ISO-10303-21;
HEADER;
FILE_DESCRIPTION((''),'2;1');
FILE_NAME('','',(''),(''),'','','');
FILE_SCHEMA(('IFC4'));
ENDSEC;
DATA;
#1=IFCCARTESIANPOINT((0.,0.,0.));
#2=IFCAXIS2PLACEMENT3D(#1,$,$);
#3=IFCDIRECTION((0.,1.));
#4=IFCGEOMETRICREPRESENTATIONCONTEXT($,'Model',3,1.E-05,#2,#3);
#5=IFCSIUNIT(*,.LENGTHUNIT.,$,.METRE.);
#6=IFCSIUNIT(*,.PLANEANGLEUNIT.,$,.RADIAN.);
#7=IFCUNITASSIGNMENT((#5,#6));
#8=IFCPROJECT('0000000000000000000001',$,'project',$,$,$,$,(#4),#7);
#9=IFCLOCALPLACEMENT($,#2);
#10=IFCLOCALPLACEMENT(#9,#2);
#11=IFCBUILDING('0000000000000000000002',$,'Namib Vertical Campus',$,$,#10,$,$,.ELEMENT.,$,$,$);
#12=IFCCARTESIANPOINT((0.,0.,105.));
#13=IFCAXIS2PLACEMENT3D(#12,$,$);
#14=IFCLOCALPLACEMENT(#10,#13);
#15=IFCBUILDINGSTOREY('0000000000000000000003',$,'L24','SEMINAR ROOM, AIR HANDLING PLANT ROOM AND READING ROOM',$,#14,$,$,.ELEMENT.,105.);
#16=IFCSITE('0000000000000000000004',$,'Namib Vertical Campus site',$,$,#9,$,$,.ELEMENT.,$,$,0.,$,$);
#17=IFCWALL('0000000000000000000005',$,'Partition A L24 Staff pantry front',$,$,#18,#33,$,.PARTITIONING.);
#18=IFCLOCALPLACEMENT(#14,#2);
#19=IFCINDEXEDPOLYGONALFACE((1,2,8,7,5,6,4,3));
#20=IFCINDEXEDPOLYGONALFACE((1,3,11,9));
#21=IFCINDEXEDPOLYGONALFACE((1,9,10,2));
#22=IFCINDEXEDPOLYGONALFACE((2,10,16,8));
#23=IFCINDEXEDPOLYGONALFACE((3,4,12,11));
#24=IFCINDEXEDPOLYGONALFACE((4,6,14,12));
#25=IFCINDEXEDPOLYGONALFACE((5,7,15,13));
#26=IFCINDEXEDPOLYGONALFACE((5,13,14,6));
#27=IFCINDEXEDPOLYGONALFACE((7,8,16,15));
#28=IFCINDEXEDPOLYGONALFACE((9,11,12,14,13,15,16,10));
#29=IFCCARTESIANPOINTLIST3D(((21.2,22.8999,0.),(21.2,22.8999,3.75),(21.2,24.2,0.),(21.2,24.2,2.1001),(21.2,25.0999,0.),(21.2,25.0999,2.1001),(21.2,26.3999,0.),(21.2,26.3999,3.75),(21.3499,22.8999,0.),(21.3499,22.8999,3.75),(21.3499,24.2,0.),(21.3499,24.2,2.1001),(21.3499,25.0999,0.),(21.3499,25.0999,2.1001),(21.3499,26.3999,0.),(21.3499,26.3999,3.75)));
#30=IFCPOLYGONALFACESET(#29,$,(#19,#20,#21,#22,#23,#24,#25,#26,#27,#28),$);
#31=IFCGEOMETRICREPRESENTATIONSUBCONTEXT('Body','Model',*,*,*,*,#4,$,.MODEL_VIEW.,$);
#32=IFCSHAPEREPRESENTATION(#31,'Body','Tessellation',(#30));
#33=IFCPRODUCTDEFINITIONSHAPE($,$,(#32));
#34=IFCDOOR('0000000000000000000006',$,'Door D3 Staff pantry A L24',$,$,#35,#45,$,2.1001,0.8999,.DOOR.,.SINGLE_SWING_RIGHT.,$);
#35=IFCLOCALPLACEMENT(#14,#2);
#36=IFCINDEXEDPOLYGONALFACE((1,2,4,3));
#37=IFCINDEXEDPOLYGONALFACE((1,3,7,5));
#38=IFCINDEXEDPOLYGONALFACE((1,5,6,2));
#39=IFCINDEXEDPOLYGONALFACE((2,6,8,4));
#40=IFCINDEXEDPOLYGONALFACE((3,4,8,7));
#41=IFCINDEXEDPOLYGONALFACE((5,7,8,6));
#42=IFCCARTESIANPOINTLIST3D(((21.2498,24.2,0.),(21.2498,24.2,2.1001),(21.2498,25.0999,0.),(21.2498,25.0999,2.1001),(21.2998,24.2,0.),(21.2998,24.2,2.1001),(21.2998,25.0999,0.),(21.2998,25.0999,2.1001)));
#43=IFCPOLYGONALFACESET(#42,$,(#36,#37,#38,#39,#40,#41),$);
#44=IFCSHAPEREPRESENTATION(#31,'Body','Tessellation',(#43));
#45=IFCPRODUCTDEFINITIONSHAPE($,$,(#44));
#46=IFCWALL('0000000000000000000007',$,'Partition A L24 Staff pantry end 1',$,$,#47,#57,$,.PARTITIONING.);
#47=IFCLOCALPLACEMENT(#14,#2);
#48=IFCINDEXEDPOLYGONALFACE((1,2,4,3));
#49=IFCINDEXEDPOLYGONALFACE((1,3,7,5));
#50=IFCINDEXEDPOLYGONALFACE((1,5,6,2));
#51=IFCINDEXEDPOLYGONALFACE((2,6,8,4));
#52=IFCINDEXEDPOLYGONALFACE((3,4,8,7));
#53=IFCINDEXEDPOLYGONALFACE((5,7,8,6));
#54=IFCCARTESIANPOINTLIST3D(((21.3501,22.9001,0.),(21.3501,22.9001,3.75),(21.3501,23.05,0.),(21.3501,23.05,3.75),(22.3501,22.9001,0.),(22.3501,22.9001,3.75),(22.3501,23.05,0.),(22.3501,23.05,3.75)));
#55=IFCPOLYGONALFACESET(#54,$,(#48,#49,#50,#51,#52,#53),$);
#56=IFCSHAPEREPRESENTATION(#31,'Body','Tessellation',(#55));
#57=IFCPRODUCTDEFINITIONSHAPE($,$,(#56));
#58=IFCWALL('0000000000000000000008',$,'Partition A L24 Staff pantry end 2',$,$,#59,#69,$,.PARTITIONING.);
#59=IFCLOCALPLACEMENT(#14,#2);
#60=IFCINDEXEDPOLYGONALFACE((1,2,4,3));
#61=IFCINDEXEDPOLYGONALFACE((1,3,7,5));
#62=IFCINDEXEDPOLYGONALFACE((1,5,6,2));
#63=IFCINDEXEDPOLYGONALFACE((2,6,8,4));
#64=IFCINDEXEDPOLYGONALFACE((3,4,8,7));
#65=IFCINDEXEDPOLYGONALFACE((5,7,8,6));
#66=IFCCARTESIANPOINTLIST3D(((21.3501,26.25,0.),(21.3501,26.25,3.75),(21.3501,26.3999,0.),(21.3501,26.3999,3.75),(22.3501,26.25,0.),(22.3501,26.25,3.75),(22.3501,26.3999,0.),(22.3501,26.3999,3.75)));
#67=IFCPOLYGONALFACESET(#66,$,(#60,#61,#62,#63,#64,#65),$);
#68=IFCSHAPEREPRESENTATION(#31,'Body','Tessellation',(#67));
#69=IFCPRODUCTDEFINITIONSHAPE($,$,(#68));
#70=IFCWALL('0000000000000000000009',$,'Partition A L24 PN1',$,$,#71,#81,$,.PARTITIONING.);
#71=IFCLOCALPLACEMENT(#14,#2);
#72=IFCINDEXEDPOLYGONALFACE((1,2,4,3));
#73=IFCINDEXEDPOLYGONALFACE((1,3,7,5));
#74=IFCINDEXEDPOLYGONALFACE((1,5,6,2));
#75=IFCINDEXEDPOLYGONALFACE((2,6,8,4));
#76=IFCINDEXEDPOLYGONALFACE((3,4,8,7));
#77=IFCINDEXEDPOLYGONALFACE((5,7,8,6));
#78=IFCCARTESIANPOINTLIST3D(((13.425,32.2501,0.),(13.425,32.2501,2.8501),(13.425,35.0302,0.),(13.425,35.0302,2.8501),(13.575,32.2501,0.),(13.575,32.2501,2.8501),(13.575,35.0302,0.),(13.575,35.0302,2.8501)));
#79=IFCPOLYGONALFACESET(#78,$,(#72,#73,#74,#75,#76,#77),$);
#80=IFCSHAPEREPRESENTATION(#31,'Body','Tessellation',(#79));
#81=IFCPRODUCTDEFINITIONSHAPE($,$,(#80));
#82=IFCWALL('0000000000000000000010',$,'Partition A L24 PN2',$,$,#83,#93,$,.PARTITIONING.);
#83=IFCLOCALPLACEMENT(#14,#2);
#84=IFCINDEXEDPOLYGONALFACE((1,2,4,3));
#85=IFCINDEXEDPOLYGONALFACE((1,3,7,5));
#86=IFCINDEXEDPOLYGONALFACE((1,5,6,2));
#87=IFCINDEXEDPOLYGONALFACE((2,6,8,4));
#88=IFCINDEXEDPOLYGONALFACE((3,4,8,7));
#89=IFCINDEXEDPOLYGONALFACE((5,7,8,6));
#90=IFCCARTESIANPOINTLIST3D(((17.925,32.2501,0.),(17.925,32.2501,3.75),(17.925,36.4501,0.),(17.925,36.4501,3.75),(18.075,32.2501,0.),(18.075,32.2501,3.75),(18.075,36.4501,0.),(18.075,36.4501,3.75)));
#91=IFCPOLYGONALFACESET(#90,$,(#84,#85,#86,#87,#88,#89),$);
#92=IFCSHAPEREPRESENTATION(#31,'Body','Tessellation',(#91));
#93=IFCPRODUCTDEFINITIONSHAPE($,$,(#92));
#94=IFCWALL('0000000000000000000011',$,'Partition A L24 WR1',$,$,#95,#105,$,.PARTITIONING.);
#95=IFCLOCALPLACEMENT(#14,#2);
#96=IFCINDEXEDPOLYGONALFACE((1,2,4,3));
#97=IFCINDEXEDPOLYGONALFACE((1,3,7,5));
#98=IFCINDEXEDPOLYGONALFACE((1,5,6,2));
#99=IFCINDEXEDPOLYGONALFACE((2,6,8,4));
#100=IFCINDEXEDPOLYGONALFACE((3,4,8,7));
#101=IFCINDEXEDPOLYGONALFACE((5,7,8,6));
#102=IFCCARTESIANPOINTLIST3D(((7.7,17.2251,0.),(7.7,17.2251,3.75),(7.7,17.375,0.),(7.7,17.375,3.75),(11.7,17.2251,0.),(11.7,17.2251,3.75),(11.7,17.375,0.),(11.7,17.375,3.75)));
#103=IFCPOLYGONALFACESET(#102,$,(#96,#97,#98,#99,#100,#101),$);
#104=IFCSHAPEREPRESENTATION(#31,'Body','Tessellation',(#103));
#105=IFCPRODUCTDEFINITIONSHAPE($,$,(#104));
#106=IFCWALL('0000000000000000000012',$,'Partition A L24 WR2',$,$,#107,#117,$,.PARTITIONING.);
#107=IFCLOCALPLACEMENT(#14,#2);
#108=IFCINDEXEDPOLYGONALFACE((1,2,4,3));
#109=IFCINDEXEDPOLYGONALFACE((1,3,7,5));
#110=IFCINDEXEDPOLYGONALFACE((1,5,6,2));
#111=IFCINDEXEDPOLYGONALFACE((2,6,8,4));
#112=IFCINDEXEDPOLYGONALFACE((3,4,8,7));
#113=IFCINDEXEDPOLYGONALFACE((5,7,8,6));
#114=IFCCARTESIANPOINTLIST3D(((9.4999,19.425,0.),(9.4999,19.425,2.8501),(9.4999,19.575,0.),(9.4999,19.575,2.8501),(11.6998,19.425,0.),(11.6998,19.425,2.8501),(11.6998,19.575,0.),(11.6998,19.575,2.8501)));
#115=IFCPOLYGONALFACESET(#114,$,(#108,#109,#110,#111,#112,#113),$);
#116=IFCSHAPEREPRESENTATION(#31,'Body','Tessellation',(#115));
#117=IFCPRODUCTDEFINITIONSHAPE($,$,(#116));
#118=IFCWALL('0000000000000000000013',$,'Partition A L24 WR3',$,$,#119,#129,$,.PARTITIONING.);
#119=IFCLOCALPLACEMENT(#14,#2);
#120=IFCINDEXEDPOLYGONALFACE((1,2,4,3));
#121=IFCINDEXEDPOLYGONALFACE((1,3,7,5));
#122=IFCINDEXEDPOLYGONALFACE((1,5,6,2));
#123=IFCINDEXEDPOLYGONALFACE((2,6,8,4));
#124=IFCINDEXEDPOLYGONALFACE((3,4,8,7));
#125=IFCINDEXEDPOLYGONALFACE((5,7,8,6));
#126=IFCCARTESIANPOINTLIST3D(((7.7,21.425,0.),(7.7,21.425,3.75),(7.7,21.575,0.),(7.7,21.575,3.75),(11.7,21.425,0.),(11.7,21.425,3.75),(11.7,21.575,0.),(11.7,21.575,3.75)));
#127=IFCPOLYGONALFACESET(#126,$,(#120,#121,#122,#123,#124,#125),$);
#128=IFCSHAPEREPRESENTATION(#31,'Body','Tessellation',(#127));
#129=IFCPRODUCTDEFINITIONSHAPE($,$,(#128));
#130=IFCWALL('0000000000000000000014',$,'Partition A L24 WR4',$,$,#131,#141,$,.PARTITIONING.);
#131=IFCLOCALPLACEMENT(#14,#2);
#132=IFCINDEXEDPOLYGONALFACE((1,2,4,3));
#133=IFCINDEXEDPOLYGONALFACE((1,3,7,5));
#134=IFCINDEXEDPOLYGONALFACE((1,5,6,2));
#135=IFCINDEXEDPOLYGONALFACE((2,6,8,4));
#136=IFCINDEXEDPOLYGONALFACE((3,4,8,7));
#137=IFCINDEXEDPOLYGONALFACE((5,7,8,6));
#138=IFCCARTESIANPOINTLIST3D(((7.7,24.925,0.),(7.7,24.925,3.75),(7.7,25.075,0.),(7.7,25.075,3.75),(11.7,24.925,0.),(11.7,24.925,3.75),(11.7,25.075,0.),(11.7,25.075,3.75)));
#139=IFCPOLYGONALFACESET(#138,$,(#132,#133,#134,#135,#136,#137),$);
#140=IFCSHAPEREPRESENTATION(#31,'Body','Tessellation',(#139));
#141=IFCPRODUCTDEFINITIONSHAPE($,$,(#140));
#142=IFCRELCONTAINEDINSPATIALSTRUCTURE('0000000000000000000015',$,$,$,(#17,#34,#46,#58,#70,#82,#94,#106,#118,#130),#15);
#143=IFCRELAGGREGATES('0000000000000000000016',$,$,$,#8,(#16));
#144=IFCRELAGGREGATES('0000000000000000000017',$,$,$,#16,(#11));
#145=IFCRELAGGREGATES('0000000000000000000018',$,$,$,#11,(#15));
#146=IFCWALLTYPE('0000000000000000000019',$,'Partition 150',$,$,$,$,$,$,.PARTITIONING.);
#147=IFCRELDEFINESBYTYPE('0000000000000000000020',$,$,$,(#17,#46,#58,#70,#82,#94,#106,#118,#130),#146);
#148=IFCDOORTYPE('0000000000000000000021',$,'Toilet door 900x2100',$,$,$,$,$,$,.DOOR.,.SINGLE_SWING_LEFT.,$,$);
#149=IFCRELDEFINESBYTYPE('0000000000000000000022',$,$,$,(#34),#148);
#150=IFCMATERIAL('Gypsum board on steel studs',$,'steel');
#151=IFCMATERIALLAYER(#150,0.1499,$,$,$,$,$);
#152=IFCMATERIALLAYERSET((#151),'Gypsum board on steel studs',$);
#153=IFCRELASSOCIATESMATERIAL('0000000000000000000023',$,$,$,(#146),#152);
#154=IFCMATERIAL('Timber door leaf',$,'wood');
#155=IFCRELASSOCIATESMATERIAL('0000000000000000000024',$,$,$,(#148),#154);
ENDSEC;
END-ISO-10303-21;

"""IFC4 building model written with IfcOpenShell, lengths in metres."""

from ifc_helpers import new_model, si_unit, direction, frame, frame_2d, origin, place, context, subcontext, project, spatial, rectangle, extrude, material, layer, layer_set, type_object, element, fill, save


model = new_model("IFC4")

# Units and contexts
model_context = context("Model", 3, precision=1e-05, world=origin(), true_north=direction((0.0, 1.0)))
body_context = subcontext(model_context, "Body", "Model", "MODEL_VIEW")
ifc_project = project(units=[si_unit("LENGTHUNIT", "METRE"), si_unit("PLANEANGLEUNIT", "RADIAN")], contexts=[model_context])

# Site, building, storey
site_placement = place(None, origin())
site = spatial("IfcSite", under=ifc_project, at=site_placement, Name="Namib Vertical Campus site", CompositionType="ELEMENT", RefElevation=0.0)
building_placement = place(site_placement, origin())
building = spatial("IfcBuilding", under=site, at=building_placement, Name="Namib Vertical Campus", CompositionType="ELEMENT")
storey_placement = place(building_placement, frame((0.0, 0.0, 105.0)))
storey = spatial("IfcBuildingStorey", under=building, at=storey_placement, Name="L24", Description="SEMINAR ROOM, AIR HANDLING PLANT ROOM AND READING ROOM", CompositionType="ELEMENT", Elevation=105.0)

# Wall, opening, door
ifc_material_1 = material(Name="Gypsum board on steel studs", Category="steel")
ifc_layer_1 = layer(ifc_material_1, 0.1499)
ifc_layer_set_1 = layer_set([ifc_layer_1], Name="Gypsum board on steel studs")
wall_type_1 = type_object("IfcWallType", Name="Partition 150", PredefinedType="PARTITIONING", material=ifc_layer_set_1)
wall_1_placement = place(storey_placement, frame((21.2749, 22.8999, 0.0), z_axis=(0.0, 0.0, 1.0), x_axis=(0.0, 1.0, 0.0)))
wall_1 = element("IfcWall", 1, at=wall_1_placement, inside=storey, type_object=wall_type_1, Name="Partition A L24 Staff pantry front", PredefinedType="PARTITIONING", context=body_context, shape_type="SweptSolid", body=[
    extrude(rectangle(XDim=3.5, YDim=0.1499, at=frame_2d((1.75, 0.0))), origin(), (0.0, 0.0, 1.0), 3.75),
])
opening_1_placement = place(wall_1_placement, frame((1.3, 0.0, 0.0)))
opening_1 = element("IfcOpeningElement", 2, at=opening_1_placement, cuts=wall_1, PredefinedType="OPENING", context=body_context, shape_type="SweptSolid", body=[
    extrude(rectangle(XDim=0.8999, YDim=2.1001, at=frame_2d((0.45, 1.05))), frame((0.0, 0.085, 0.0), z_axis=(0.0, -1.0, 0.0), x_axis=(1.0, 0.0, 0.0)), (0.0, 0.0, 1.0), 0.1699),
])
ifc_material_2 = material(Name="Timber door leaf", Category="wood")
door_type_1 = type_object("IfcDoorType", Name="Toilet door 900x2100", OperationType="SINGLE_SWING_LEFT", PredefinedType="DOOR", material=ifc_material_2)
door_1_placement = place(opening_1_placement, frame((0.8999, 0.0, 0.0), z_axis=(0.0, 0.0, 1.0), x_axis=(-1.0, 0.0, 0.0)))
door_1 = element("IfcDoor", 3, at=door_1_placement, inside=storey, type_object=door_type_1, Name="Door D3 Staff pantry A L24", OperationType="SINGLE_SWING_RIGHT", OverallHeight=2.1001, OverallWidth=0.8999, PredefinedType="DOOR", context=body_context, shape_type="SweptSolid", body=[
    extrude(rectangle(XDim=0.8999, YDim=2.1001, at=frame_2d((0.45, 1.05))), frame((0.0, 0.0249, 0.0), z_axis=(0.0, -1.0, 0.0), x_axis=(1.0, 0.0, 0.0)), (0.0, 0.0, 1.0), 0.05),
])
fill(opening_1, door_1)

# Walls
for number, where, z_axis, x_axis, name in (
    (4, (21.3501, 22.9751, 0.0), (0.0, 0.0, 1.0), (1.0, 0.0, 0.0), "Partition A L24 Staff pantry end 1"),
    (5, (21.3501, 26.325, 0.0), (0.0, 0.0, 1.0), (1.0, 0.0, 0.0), "Partition A L24 Staff pantry end 2"),
):
    element("IfcWall", number, at=place(storey_placement, frame(where, z_axis=z_axis, x_axis=x_axis)), inside=storey, type_object=wall_type_1, Name=name, PredefinedType="PARTITIONING", context=body_context, shape_type="SweptSolid", body=[
        extrude(rectangle(XDim=1.0, YDim=0.1499, at=frame_2d((0.5, 0.0))), origin(), (0.0, 0.0, 1.0), 3.75),
    ])
wall_2_placement = place(storey_placement, frame((13.5, 32.25, 0.0), z_axis=(0.0, 0.0, 1.0), x_axis=(0.0, 1.0, 0.0)))
element("IfcWall", 6, at=wall_2_placement, inside=storey, type_object=wall_type_1, Name="Partition A L24 PN1", PredefinedType="PARTITIONING", context=body_context, shape_type="SweptSolid", body=[
    extrude(rectangle(XDim=2.78, YDim=0.1499, at=frame_2d((1.3901, 0.0))), origin(), (0.0, 0.0, 1.0), 2.8501),
])
wall_3_placement = place(storey_placement, frame((18.0, 32.25, 0.0), z_axis=(0.0, 0.0, 1.0), x_axis=(0.0, 1.0, 0.0)))
element("IfcWall", 7, at=wall_3_placement, inside=storey, type_object=wall_type_1, Name="Partition A L24 PN2", PredefinedType="PARTITIONING", context=body_context, shape_type="SweptSolid", body=[
    extrude(rectangle(XDim=4.2, YDim=0.1499, at=frame_2d((2.1001, 0.0))), origin(), (0.0, 0.0, 1.0), 3.75),
])
wall_4_placement = place(storey_placement, frame((11.7, 17.3, 0.0), z_axis=(0.0, 0.0, 1.0), x_axis=(-1.0, 0.0, 0.0)))
element("IfcWall", 8, at=wall_4_placement, inside=storey, type_object=wall_type_1, Name="Partition A L24 WR1", PredefinedType="PARTITIONING", context=body_context, shape_type="SweptSolid", body=[
    extrude(rectangle(XDim=4.0, YDim=0.1499, at=frame_2d((2.0, 0.0))), origin(), (0.0, 0.0, 1.0), 3.75),
])
wall_5_placement = place(storey_placement, frame((11.7, 19.5, 0.0), z_axis=(0.0, 0.0, 1.0), x_axis=(-1.0, 0.0, 0.0)))
element("IfcWall", 9, at=wall_5_placement, inside=storey, type_object=wall_type_1, Name="Partition A L24 WR2", PredefinedType="PARTITIONING", context=body_context, shape_type="SweptSolid", body=[
    extrude(rectangle(XDim=2.2, YDim=0.1499, at=frame_2d((1.1001, 0.0))), origin(), (0.0, 0.0, 1.0), 2.8501),
])
for number, where, z_axis, x_axis, name in (
    (10, (11.7, 21.5, 0.0), (0.0, 0.0, 1.0), (-1.0, 0.0, 0.0), "Partition A L24 WR3"),
    (11, (11.7, 25.0, 0.0), (0.0, 0.0, 1.0), (-1.0, 0.0, 0.0), "Partition A L24 WR4"),
):
    element("IfcWall", number, at=place(storey_placement, frame(where, z_axis=z_axis, x_axis=x_axis)), inside=storey, type_object=wall_type_1, Name=name, PredefinedType="PARTITIONING", context=body_context, shape_type="SweptSolid", body=[
        extrude(rectangle(XDim=4.0, YDim=0.1499, at=frame_2d((2.0, 0.0))), origin(), (0.0, 0.0, 1.0), 3.75),
    ])

save(model, "model.ifc")
